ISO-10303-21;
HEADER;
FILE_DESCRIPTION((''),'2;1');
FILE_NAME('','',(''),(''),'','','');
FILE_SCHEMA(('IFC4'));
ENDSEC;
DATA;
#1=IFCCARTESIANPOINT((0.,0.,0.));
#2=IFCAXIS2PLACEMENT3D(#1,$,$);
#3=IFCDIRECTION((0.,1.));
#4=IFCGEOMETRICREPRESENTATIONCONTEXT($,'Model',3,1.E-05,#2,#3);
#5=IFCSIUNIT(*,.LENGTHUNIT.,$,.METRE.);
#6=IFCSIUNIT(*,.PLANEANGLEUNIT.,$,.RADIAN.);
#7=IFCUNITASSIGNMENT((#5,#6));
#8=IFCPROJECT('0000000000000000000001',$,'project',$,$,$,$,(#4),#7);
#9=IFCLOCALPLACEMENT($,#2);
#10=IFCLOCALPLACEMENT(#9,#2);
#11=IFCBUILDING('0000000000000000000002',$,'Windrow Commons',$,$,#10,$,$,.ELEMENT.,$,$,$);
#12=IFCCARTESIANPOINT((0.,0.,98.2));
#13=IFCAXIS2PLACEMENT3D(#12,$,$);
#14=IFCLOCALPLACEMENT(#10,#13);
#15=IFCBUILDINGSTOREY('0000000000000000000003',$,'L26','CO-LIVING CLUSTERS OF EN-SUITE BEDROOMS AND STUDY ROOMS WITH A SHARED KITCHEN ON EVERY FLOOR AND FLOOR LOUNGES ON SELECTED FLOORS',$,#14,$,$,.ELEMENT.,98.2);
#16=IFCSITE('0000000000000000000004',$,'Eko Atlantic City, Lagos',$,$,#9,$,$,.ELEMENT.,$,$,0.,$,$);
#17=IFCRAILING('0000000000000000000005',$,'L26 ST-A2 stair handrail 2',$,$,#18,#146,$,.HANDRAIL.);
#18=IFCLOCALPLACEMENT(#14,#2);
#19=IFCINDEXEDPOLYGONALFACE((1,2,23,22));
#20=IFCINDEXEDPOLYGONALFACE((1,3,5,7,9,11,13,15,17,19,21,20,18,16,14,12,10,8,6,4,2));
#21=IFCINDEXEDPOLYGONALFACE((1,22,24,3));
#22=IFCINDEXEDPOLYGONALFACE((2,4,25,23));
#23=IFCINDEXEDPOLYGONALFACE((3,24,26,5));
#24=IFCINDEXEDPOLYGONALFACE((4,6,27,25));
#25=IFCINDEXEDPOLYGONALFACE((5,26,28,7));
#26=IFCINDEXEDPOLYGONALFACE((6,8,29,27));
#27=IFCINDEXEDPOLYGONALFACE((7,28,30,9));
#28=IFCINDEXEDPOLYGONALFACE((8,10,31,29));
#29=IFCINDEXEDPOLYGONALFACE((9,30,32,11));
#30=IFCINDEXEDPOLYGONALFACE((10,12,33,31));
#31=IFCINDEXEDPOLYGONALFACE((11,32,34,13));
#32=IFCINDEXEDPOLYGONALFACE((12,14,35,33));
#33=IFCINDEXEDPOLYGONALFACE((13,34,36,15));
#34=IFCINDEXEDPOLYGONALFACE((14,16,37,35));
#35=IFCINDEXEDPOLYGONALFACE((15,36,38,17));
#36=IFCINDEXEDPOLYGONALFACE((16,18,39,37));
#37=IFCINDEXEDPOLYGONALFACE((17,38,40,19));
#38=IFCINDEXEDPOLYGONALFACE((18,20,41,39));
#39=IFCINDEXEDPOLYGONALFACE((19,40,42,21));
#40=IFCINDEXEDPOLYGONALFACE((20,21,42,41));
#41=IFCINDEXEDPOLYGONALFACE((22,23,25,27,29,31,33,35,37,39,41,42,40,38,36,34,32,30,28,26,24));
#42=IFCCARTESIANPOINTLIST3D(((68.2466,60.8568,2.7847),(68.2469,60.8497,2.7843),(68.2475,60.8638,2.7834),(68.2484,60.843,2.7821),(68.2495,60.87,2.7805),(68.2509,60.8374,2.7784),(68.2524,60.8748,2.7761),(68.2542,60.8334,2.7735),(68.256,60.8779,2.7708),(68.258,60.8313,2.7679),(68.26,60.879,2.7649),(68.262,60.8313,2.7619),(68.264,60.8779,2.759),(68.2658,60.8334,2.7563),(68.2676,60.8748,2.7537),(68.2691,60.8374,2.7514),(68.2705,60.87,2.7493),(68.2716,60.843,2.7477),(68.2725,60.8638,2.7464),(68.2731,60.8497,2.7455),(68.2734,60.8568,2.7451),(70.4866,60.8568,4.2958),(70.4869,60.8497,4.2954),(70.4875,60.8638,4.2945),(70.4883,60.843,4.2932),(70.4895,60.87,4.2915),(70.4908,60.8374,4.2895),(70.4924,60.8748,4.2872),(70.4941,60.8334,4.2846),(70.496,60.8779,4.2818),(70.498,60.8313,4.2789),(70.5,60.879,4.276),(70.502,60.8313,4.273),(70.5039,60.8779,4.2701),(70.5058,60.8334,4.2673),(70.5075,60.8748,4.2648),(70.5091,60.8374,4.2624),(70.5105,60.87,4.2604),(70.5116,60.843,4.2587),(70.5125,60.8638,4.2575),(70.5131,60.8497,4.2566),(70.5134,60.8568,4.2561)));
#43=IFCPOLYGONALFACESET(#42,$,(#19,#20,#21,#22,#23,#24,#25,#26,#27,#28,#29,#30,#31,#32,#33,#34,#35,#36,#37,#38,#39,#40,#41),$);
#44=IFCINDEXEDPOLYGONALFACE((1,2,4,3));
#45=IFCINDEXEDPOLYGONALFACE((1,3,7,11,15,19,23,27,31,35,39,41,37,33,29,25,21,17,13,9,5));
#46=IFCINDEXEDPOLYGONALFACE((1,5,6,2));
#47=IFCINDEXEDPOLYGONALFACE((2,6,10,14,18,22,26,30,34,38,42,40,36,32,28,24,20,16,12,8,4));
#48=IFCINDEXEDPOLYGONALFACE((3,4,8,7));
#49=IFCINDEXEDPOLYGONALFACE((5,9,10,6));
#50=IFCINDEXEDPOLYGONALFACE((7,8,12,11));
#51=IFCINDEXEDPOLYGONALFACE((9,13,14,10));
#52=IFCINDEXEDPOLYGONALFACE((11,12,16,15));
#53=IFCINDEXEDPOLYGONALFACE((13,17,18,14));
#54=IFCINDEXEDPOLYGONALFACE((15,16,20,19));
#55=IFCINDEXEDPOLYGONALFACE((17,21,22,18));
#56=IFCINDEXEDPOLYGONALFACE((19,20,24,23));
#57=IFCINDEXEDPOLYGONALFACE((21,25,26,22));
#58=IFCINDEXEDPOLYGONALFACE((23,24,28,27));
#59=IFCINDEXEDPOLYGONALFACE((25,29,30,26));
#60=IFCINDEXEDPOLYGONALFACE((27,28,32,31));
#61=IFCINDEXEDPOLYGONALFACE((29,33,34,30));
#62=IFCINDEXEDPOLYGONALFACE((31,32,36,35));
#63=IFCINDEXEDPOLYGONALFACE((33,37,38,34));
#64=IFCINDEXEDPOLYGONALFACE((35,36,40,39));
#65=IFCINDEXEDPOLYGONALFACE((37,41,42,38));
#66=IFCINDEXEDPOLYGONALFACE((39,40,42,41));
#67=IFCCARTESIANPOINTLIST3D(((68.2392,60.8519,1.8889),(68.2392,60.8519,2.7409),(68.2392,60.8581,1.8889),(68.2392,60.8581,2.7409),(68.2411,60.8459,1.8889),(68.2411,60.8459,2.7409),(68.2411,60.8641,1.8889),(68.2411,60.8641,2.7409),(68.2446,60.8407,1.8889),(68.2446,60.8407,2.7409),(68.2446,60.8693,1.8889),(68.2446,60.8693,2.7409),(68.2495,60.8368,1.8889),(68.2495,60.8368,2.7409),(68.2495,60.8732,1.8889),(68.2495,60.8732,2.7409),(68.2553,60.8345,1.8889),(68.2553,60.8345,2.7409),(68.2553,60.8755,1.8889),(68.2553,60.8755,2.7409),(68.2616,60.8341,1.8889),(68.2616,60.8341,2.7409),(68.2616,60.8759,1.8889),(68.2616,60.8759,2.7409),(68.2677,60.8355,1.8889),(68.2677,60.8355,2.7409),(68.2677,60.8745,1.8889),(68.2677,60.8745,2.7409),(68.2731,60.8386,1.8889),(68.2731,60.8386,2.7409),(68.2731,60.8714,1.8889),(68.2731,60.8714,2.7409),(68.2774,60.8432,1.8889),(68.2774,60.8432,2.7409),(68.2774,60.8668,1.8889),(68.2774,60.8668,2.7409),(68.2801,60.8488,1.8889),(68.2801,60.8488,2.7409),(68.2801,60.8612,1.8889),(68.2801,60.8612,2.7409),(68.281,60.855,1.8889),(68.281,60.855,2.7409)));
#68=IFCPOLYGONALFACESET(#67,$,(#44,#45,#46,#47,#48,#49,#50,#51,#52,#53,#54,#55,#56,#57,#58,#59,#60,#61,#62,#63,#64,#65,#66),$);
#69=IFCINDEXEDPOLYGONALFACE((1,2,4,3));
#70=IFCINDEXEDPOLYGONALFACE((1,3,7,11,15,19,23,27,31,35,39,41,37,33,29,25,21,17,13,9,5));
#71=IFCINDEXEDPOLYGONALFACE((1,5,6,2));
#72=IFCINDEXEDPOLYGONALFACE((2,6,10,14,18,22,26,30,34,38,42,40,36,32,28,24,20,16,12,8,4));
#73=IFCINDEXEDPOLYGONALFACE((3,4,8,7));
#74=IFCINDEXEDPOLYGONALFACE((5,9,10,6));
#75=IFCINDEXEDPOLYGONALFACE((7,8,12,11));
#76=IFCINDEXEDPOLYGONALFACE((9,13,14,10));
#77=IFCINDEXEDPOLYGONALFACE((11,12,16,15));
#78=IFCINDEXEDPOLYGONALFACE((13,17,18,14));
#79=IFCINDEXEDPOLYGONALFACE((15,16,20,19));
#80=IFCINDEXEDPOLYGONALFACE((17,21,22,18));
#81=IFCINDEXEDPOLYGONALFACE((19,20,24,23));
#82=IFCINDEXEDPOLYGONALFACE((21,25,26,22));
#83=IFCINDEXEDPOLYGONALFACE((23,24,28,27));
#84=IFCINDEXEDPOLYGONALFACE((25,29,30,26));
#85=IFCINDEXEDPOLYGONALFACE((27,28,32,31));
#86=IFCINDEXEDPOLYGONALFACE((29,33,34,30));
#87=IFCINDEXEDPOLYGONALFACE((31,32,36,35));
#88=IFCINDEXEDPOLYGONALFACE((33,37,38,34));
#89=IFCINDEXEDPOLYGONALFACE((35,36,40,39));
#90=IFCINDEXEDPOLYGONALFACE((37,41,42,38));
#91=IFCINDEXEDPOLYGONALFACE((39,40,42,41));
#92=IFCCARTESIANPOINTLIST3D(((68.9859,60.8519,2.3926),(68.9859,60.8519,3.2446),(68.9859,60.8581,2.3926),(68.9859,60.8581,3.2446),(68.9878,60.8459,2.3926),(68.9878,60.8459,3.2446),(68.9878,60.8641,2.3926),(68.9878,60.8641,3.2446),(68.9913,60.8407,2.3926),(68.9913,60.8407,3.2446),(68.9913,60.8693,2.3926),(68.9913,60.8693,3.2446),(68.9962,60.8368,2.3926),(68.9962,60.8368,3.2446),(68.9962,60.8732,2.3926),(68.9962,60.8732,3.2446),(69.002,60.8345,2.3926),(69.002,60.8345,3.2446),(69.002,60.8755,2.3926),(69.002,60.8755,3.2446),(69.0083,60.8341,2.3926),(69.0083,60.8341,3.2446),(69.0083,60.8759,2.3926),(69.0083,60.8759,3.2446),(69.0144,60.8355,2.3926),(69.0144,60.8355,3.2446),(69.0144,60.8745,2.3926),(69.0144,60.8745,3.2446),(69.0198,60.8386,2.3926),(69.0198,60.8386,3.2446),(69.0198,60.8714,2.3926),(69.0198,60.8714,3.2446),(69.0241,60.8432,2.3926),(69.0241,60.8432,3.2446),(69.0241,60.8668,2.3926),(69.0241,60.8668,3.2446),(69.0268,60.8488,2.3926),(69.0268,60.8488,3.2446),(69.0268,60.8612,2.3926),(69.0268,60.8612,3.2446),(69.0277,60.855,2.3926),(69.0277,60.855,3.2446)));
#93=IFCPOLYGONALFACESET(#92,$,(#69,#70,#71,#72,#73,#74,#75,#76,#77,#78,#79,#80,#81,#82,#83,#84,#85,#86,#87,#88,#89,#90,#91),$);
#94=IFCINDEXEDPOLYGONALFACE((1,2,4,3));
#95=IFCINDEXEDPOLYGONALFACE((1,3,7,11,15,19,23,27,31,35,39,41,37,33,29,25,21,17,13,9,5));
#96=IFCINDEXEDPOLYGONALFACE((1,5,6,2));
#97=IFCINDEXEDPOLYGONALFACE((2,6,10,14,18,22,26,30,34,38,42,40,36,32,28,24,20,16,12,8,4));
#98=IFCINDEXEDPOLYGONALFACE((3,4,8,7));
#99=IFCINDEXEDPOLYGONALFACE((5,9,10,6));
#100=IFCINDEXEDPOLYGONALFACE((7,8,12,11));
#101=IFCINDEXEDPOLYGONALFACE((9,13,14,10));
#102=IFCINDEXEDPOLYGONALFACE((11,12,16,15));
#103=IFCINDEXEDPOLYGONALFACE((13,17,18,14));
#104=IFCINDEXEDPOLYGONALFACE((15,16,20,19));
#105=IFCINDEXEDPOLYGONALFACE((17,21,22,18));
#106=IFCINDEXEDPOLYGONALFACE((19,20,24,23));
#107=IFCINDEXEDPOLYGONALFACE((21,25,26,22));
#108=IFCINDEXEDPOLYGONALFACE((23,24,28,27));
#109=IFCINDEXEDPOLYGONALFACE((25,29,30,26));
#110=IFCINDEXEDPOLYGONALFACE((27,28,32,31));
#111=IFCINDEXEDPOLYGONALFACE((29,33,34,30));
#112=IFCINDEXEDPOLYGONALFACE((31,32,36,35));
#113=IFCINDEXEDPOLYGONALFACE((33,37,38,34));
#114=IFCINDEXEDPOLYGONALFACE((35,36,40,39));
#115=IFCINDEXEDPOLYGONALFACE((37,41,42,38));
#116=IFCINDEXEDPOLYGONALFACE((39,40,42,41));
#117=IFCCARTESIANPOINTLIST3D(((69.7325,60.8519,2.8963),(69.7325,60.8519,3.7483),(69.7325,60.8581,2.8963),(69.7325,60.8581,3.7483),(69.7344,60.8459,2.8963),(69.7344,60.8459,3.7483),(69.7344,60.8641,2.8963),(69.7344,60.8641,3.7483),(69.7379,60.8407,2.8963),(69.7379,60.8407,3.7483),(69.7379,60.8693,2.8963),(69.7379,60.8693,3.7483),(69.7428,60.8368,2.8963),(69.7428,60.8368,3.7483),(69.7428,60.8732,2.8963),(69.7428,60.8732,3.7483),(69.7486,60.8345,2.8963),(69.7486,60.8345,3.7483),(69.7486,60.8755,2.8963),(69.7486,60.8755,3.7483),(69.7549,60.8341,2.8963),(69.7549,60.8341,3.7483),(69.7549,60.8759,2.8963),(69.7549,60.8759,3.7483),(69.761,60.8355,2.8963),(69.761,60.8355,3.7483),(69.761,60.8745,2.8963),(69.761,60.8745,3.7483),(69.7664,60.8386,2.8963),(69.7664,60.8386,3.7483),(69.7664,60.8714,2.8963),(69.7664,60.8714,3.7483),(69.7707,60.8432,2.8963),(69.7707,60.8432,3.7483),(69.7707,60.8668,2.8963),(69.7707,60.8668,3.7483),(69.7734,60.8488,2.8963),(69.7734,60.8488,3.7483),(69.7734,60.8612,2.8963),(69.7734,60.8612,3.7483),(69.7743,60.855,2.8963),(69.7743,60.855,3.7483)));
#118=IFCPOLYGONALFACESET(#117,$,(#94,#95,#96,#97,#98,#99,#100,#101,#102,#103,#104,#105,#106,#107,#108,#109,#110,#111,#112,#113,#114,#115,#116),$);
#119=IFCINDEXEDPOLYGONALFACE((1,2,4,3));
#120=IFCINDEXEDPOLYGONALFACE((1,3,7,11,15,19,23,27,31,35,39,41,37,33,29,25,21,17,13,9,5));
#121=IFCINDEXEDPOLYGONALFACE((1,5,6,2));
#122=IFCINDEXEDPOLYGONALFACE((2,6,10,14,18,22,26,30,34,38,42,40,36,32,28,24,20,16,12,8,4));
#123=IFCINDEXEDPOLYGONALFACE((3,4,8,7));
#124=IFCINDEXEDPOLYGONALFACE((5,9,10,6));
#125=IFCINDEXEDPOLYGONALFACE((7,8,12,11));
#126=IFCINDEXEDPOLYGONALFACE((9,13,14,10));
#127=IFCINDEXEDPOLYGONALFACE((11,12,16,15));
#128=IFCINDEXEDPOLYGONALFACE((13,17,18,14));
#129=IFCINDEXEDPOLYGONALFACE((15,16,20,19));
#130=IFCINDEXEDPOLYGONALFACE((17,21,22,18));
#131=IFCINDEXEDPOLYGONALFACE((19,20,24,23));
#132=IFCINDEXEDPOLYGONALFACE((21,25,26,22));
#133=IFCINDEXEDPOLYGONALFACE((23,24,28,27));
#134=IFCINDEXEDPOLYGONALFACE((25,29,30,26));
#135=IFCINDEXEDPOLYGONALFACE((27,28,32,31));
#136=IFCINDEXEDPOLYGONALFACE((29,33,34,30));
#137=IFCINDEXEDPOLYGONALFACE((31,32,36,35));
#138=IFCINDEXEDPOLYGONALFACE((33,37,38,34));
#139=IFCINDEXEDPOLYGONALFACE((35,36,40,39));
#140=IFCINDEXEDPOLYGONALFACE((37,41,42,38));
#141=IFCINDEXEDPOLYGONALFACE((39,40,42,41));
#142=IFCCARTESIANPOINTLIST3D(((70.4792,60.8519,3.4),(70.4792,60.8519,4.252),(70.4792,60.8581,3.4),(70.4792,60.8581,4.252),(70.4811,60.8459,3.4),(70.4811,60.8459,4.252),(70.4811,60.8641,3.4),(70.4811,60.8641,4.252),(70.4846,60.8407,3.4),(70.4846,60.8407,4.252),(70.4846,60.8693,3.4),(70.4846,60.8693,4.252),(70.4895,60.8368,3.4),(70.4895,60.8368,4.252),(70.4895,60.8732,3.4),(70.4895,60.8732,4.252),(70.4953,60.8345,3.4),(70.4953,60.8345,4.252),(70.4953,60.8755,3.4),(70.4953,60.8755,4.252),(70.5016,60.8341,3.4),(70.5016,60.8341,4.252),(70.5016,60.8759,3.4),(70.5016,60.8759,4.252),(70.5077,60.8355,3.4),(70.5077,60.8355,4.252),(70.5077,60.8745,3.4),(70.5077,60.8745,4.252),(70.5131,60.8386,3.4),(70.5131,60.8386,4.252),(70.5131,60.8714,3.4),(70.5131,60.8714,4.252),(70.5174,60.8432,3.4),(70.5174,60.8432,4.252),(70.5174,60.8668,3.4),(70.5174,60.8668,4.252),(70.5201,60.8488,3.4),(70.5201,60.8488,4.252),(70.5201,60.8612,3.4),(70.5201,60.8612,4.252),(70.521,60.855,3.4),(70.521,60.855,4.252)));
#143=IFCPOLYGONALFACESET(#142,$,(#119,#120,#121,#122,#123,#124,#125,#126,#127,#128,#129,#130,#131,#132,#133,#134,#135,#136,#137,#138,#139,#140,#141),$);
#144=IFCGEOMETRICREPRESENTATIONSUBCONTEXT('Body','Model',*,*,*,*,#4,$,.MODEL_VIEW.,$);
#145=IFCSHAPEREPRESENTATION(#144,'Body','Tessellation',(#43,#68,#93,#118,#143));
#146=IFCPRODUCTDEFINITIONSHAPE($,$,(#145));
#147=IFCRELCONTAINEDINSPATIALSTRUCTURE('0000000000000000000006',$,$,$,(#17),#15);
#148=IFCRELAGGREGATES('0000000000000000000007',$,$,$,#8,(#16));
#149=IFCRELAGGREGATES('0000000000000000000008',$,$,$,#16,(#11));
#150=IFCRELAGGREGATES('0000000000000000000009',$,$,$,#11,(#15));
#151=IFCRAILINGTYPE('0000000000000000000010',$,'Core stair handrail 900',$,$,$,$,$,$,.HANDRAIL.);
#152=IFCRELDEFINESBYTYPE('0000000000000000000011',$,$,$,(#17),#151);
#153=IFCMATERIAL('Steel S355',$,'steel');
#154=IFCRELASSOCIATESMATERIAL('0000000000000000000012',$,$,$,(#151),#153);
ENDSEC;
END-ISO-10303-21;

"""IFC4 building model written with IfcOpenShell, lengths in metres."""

from ifc_helpers import new_model, si_unit, direction, frame, origin, origin_2d, place, context, subcontext, project, spatial, circle, extrude, material, type_object, element, save


model = new_model("IFC4")

# Units and contexts
model_context = context("Model", 3, precision=1e-05, world=origin(), true_north=direction((0.0, 1.0)))
body_context = subcontext(model_context, "Body", "Model", "MODEL_VIEW")
ifc_project = project(units=[si_unit("LENGTHUNIT", "METRE"), si_unit("PLANEANGLEUNIT", "RADIAN")], contexts=[model_context])

# Site, building, storey
site_placement = place(None, origin())
site = spatial("IfcSite", under=ifc_project, at=site_placement, Name="Eko Atlantic City, Lagos", CompositionType="ELEMENT", RefElevation=0.0)
building_placement = place(site_placement, origin())
building = spatial("IfcBuilding", under=site, at=building_placement, Name="Windrow Commons", CompositionType="ELEMENT")
storey_placement = place(building_placement, frame((0.0, 0.0, 98.2)))
storey = spatial("IfcBuildingStorey", under=building, at=storey_placement, Name="L26", Description="CO-LIVING CLUSTERS OF EN-SUITE BEDROOMS AND STUDY ROOMS WITH A SHARED KITCHEN ON EVERY FLOOR AND FLOOR LOUNGES ON SELECTED FLOORS", CompositionType="ELEMENT", Elevation=98.2)

# Railing
ifc_material_1 = material(Name="Steel S355", Category="steel")
railing_type_1 = type_object("IfcRailingType", Name="Core stair handrail 900", PredefinedType="HANDRAIL", material=ifc_material_1)
railing_1_placement = place(storey_placement, frame((68.26, 60.855, 1.8889)))
element("IfcRailing", 1, at=railing_1_placement, inside=storey, type_object=railing_type_1, Name="L26 ST-A2 stair handrail 2", PredefinedType="HANDRAIL", context=body_context, shape_type="SweptSolid", body=[
    extrude(circle(Radius=0.024, at=origin_2d()), frame((0.0, 0.0, 0.876), z_axis=(0.829003, 0.0, 0.559244), x_axis=(0.0, 1.0, 0.0)), (0.0, 0.0, 1.0), 2.702),
    extrude(circle(Radius=0.021, at=origin_2d()), origin(), (0.0, 0.0, 1.0), 0.852),
    extrude(circle(Radius=0.021, at=origin_2d()), frame((0.7467, 0.0, 0.5037)), (0.0, 0.0, 1.0), 0.852),
    extrude(circle(Radius=0.021, at=origin_2d()), frame((1.4933, 0.0, 1.0074)), (0.0, 0.0, 1.0), 0.852),
    extrude(circle(Radius=0.021, at=origin_2d()), frame((2.24, 0.0, 1.5111)), (0.0, 0.0, 1.0), 0.852),
])

save(model, "model.ifc")
